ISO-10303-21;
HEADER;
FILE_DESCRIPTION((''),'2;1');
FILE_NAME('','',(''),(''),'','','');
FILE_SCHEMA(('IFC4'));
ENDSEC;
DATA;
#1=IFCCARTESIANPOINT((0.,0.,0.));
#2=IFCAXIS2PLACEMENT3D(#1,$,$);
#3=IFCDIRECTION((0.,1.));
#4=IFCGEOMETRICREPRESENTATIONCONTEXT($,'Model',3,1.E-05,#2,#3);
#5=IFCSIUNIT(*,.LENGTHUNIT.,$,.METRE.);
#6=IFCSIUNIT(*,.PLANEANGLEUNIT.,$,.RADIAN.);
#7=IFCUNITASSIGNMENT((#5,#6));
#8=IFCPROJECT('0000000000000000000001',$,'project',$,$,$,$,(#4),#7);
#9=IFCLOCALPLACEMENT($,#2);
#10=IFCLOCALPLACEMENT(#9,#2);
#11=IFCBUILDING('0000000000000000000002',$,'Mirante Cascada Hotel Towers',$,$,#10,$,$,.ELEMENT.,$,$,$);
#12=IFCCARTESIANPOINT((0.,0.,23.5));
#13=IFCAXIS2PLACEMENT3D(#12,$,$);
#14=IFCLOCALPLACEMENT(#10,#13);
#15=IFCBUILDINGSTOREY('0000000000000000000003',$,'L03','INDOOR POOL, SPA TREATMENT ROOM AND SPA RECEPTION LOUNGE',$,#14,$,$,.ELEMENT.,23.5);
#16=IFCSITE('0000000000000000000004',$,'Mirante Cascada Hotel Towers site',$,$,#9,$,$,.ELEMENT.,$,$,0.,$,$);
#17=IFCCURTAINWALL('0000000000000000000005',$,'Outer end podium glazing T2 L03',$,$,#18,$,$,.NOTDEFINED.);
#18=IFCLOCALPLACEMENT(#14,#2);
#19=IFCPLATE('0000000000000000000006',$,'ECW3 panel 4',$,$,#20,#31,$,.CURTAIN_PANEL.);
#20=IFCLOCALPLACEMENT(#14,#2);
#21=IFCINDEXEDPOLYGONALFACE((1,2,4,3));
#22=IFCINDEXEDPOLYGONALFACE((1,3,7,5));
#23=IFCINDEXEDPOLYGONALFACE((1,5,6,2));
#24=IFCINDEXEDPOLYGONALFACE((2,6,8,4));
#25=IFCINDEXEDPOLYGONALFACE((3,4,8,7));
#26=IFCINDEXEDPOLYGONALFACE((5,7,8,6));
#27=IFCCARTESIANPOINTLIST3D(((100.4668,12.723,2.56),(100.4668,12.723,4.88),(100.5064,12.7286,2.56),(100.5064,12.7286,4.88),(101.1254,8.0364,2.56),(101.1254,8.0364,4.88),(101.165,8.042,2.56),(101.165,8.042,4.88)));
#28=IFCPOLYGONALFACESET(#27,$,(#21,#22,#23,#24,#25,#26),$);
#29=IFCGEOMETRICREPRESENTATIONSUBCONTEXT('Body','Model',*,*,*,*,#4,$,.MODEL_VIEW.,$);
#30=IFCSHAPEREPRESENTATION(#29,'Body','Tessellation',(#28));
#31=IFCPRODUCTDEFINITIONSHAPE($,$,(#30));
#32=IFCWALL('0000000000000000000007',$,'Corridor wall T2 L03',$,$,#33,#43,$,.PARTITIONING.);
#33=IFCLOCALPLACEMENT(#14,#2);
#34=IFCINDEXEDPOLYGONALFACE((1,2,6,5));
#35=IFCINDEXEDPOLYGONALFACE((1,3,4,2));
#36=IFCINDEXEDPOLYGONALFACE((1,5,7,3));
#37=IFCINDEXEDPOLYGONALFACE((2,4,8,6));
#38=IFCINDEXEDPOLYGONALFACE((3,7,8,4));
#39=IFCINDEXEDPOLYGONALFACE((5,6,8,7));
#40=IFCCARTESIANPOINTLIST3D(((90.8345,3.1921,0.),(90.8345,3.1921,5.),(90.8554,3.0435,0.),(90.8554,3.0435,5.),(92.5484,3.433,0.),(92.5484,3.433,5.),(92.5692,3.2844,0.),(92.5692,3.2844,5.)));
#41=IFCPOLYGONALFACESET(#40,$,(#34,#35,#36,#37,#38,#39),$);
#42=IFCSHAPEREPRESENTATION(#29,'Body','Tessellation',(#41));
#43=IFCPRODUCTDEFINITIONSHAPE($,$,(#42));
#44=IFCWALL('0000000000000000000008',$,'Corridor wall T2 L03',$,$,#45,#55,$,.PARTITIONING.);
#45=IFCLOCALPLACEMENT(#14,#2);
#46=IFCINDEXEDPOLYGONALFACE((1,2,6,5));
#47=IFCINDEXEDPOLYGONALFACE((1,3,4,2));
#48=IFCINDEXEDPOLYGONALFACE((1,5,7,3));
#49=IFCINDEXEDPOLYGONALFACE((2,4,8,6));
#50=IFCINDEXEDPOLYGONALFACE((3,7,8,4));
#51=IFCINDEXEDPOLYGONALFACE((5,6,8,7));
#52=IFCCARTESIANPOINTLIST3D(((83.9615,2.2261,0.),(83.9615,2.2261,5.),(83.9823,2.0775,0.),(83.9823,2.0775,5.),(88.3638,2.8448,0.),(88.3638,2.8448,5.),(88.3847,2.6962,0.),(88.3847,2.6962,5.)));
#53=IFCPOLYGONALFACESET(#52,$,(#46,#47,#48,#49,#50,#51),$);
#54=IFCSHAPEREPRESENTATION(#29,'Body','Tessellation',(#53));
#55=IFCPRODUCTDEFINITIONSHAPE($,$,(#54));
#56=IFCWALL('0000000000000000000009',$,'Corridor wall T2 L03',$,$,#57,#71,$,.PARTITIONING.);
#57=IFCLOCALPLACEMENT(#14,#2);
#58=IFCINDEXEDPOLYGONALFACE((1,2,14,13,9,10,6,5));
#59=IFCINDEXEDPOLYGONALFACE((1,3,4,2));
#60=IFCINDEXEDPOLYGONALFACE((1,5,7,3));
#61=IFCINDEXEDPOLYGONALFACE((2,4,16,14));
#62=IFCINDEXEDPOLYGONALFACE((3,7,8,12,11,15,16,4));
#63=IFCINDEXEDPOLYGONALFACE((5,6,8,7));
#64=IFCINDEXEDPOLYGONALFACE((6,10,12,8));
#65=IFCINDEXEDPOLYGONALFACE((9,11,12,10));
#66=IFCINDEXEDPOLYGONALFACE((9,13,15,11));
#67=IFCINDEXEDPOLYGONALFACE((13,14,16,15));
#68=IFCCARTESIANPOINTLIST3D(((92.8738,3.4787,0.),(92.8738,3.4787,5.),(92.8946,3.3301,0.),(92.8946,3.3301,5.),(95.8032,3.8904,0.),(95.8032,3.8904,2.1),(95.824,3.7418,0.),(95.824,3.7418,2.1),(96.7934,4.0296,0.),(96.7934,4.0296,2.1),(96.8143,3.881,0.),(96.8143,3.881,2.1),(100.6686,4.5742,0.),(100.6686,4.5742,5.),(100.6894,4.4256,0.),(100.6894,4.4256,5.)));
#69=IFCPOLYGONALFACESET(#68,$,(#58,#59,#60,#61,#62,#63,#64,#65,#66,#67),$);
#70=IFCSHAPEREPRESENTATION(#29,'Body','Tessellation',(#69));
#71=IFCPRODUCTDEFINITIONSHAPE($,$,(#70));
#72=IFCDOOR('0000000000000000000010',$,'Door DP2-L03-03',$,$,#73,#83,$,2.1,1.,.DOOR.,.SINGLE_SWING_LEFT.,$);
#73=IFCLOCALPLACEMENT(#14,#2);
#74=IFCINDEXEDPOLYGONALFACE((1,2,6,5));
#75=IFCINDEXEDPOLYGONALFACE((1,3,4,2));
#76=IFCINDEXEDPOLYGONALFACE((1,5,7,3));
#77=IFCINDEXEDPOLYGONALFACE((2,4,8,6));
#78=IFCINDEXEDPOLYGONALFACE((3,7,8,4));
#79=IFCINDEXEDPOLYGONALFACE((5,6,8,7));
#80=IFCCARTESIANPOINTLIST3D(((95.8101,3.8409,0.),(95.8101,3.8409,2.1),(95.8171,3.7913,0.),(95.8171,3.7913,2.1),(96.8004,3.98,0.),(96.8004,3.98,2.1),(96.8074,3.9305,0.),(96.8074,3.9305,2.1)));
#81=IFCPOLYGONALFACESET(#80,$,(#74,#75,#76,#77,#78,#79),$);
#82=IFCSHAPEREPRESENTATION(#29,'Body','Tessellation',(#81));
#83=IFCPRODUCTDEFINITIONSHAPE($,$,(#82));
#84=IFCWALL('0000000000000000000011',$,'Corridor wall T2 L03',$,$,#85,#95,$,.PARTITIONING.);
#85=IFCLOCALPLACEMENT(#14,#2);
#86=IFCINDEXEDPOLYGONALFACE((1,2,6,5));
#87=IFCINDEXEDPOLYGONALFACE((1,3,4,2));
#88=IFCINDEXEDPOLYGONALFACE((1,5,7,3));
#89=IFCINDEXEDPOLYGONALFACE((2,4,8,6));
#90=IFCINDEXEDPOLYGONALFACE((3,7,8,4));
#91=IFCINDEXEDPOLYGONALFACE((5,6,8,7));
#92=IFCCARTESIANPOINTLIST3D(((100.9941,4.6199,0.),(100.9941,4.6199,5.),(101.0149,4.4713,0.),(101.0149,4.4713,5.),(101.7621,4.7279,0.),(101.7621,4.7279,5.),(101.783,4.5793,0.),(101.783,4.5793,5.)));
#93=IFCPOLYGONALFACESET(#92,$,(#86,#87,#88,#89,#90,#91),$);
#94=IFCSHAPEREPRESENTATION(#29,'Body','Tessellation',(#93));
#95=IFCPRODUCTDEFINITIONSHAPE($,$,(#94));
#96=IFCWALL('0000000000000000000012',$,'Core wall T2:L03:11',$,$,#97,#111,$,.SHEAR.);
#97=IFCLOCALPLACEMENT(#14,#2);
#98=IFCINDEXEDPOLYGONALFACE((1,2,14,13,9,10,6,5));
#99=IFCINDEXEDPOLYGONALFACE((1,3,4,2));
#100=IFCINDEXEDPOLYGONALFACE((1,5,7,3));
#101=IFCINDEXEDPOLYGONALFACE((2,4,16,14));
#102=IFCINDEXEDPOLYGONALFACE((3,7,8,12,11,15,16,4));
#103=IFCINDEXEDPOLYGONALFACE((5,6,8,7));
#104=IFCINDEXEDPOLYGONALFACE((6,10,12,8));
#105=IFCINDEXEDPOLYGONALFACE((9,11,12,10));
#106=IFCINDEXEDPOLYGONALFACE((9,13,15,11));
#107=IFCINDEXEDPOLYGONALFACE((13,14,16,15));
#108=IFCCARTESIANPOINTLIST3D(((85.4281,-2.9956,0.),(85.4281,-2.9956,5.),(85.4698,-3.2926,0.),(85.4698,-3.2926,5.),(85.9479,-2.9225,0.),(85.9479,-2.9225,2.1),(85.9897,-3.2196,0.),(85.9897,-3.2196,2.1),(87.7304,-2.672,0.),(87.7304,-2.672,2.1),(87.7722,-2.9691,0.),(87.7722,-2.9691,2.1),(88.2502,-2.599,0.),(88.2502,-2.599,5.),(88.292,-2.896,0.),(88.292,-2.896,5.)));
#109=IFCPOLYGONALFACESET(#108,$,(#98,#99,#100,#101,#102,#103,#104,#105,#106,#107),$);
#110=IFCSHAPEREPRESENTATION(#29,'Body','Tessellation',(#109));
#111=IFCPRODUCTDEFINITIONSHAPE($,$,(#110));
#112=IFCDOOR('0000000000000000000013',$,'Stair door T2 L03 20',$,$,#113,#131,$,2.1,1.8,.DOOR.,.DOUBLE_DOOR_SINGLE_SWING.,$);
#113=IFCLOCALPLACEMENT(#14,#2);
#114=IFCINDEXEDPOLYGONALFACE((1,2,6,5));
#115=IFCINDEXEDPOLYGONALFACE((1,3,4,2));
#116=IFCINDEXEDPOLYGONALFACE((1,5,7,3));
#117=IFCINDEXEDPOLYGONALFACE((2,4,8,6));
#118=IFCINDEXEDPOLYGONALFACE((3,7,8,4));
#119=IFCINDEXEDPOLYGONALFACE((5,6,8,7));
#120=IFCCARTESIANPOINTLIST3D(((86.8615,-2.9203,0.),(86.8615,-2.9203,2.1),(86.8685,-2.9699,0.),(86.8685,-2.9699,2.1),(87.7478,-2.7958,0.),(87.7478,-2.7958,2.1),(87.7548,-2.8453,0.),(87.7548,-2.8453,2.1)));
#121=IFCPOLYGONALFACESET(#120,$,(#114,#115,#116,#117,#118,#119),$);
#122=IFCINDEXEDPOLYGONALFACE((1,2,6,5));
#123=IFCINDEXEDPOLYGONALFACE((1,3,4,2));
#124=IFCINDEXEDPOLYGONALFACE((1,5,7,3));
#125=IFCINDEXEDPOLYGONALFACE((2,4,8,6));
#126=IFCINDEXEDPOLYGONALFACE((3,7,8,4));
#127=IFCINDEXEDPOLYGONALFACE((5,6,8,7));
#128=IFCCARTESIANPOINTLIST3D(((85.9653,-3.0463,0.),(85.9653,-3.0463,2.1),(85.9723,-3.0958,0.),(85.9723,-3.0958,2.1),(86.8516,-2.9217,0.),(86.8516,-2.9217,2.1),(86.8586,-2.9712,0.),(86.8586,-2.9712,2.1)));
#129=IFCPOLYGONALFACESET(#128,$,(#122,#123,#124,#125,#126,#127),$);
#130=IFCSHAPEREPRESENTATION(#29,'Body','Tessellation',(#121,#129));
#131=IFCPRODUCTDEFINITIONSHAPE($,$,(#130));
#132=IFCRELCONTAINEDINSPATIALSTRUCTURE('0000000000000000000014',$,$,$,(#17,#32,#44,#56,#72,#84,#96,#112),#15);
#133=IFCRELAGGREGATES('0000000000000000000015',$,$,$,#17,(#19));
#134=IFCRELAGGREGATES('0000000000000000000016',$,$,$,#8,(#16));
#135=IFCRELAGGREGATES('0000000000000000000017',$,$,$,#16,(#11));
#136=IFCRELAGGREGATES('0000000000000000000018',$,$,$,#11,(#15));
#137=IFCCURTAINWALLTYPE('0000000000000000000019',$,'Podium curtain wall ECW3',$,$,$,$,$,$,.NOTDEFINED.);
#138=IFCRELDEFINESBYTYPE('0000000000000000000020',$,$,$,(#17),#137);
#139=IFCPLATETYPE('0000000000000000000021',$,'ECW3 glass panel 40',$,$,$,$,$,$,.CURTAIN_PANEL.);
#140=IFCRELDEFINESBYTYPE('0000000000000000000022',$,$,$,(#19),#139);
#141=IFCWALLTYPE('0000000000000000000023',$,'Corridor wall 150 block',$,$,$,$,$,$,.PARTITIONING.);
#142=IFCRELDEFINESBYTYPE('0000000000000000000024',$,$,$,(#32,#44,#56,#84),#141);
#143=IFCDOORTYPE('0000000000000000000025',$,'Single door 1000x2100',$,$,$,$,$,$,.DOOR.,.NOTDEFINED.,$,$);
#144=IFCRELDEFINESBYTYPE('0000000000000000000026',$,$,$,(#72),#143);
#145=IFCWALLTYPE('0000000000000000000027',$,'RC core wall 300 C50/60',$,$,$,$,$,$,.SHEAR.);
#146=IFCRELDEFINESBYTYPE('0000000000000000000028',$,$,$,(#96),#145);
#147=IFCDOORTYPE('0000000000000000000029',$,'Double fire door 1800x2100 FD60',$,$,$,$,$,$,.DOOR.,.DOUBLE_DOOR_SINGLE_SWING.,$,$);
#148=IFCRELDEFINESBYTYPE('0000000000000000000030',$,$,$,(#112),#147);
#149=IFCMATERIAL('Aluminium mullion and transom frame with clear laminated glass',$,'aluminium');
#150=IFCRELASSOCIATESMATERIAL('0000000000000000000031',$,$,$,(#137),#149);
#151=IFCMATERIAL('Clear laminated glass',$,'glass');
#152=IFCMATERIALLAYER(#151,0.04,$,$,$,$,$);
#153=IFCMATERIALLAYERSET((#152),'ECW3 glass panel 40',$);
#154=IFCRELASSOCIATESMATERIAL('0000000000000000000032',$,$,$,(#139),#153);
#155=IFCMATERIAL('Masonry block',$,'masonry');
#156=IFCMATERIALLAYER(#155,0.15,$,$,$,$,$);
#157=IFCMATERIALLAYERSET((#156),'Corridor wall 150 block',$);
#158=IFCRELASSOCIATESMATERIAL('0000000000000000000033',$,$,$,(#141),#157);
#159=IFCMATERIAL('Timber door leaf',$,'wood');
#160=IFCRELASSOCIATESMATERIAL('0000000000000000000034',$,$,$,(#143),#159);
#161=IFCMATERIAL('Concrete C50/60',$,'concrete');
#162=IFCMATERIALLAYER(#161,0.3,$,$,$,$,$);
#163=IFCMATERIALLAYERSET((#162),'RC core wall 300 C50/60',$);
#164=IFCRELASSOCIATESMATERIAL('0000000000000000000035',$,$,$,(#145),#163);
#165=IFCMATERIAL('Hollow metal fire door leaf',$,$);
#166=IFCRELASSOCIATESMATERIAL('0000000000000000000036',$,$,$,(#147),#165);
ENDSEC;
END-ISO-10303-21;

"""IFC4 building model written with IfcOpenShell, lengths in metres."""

from ifc_helpers import new_model, si_unit, direction, frame, frame_2d, origin, origin_2d, place, context, subcontext, project, spatial, rectangle, extrude, material, layer, layer_set, type_object, element, fill, aggregate, save


model = new_model("IFC4")

# Units and contexts
model_context = context("Model", 3, precision=1e-05, world=origin(), true_north=direction((0.0, 1.0)))
body_context = subcontext(model_context, "Body", "Model", "MODEL_VIEW")
ifc_project = project(units=[si_unit("LENGTHUNIT", "METRE"), si_unit("PLANEANGLEUNIT", "RADIAN")], contexts=[model_context])

# Site, building, storey
site_placement = place(None, origin())
site = spatial("IfcSite", under=ifc_project, at=site_placement, Name="Mirante Cascada Hotel Towers site", CompositionType="ELEMENT", RefElevation=0.0)
building_placement = place(site_placement, origin())
building = spatial("IfcBuilding", under=site, at=building_placement, Name="Mirante Cascada Hotel Towers", CompositionType="ELEMENT")
storey_placement = place(building_placement, frame((0.0, 0.0, 23.5)))
storey = spatial("IfcBuildingStorey", under=building, at=storey_placement, Name="L03", Description="INDOOR POOL, SPA TREATMENT ROOM AND SPA RECEPTION LOUNGE", CompositionType="ELEMENT", Elevation=23.5)

# Curtain wall, plate
ifc_material_1 = material(Name="Aluminium mullion and transom frame with clear laminated glass", Category="aluminium")
curtain_wall_type = type_object("IfcCurtainWallType", Name="Podium curtain wall ECW3", PredefinedType="NOTDEFINED", material=ifc_material_1)
curtain_wall_placement = place(storey_placement, origin())
curtain_wall = element("IfcCurtainWall", 1, at=curtain_wall_placement, inside=storey, type_object=curtain_wall_type, Name="Outer end podium glazing T2 L03", PredefinedType="NOTDEFINED")
ifc_material_2 = material(Name="Clear laminated glass", Category="glass")
ifc_layer_1 = layer(ifc_material_2, 0.04)
ifc_layer_set_1 = layer_set([ifc_layer_1], Name="ECW3 glass panel 40")
plate_type = type_object("IfcPlateType", Name="ECW3 glass panel 40", PredefinedType="CURTAIN_PANEL", material=ifc_layer_set_1)
plate_1_placement = place(storey_placement, frame((100.8159, 10.3825, 2.56), z_axis=(0.0, 0.0, 1.0), x_axis=(-0.139173, 0.990268, 0.0)))
plate_1 = element("IfcPlate", 2, at=plate_1_placement, type_object=plate_type, Name="ECW3 panel 4", PredefinedType="CURTAIN_PANEL", context=body_context, shape_type="SweptSolid", body=[
    extrude(rectangle(XDim=4.7326, YDim=0.04, at=origin_2d()), origin(), (0.0, 0.0, 1.0), 2.32),
])
aggregate(curtain_wall, [plate_1])

# Walls
ifc_material_3 = material(Name="Masonry block", Category="masonry")
ifc_layer_2 = layer(ifc_material_3, 0.15)
ifc_layer_set_2 = layer_set([ifc_layer_2], Name="Corridor wall 150 block")
wall_type_1 = type_object("IfcWallType", Name="Corridor wall 150 block", PredefinedType="PARTITIONING", material=ifc_layer_set_2)
wall_1_placement = place(storey_placement, frame((90.8449, 3.1178, 0.0), z_axis=(0.0, 0.0, 1.0), x_axis=(0.990266, 0.139188, 0.0)))
element("IfcWall", 3, at=wall_1_placement, inside=storey, type_object=wall_type_1, Name="Corridor wall T2 L03", PredefinedType="PARTITIONING", context=body_context, shape_type="SweptSolid", body=[
    extrude(rectangle(XDim=1.7307, YDim=0.15, at=frame_2d((0.8654, 0.0))), origin(), (0.0, 0.0, 1.0), 5.0),
])
wall_2_placement = place(storey_placement, frame((83.9719, 2.1518, 0.0), z_axis=(0.0, 0.0, 1.0), x_axis=(0.990268, 0.139173, 0.0)))
element("IfcWall", 4, at=wall_2_placement, inside=storey, type_object=wall_type_1, Name="Corridor wall T2 L03", PredefinedType="PARTITIONING", context=body_context, shape_type="SweptSolid", body=[
    extrude(rectangle(XDim=4.4456, YDim=0.15, at=frame_2d((2.2228, 0.0))), origin(), (0.0, 0.0, 1.0), 5.0),
])

# Wall, opening, door
wall_3_placement = place(storey_placement, frame((92.8842, 3.4044, 0.0), z_axis=(0.0, 0.0, 1.0), x_axis=(0.990268, 0.139175, 0.0)))
wall_3 = element("IfcWall", 5, at=wall_3_placement, inside=storey, type_object=wall_type_1, Name="Corridor wall T2 L03", PredefinedType="PARTITIONING", context=body_context, shape_type="SweptSolid", body=[
    extrude(rectangle(XDim=7.8714, YDim=0.15, at=frame_2d((3.9357, 0.0))), origin(), (0.0, 0.0, 1.0), 5.0),
])
opening_1_placement = place(wall_3_placement, frame((2.9582, 0.0, 0.0)))
opening_1 = element("IfcOpeningElement", 6, at=opening_1_placement, cuts=wall_3, PredefinedType="OPENING", context=body_context, shape_type="SweptSolid", body=[
    extrude(rectangle(XDim=1.0, YDim=2.1, at=frame_2d((0.5, 1.05))), frame((0.0, 0.075, 0.0), z_axis=(0.0, -1.0, 0.0), x_axis=(1.0, 0.0, 0.0)), (0.0, 0.0, 1.0), 0.15),
])
ifc_material_4 = material(Name="Timber door leaf", Category="wood")
door_type_1 = type_object("IfcDoorType", Name="Single door 1000x2100", OperationType="NOTDEFINED", PredefinedType="DOOR", material=ifc_material_4)
door_1_placement = place(opening_1_placement, origin())
door_1 = element("IfcDoor", 7, at=door_1_placement, inside=storey, type_object=door_type_1, Name="Door DP2-L03-03", OperationType="SINGLE_SWING_LEFT", OverallHeight=2.1, OverallWidth=1.0, PredefinedType="DOOR", context=body_context, shape_type="SweptSolid", body=[
    extrude(rectangle(XDim=1.0, YDim=2.1, at=frame_2d((0.5, 1.05))), frame((0.0, 0.025, 0.0), z_axis=(0.0, -1.0, 0.0), x_axis=(1.0, 0.0, 0.0)), (0.0, 0.0, 1.0), 0.05),
])
fill(opening_1, door_1)

# Wall
wall_4_placement = place(storey_placement, frame((101.0045, 4.5456, 0.0), z_axis=(0.0, 0.0, 1.0), x_axis=(0.990257, 0.139255, 0.0)))
element("IfcWall", 8, at=wall_4_placement, inside=storey, type_object=wall_type_1, Name="Corridor wall T2 L03", PredefinedType="PARTITIONING", context=body_context, shape_type="SweptSolid", body=[
    extrude(rectangle(XDim=0.7756, YDim=0.15, at=frame_2d((0.3878, 0.0))), origin(), (0.0, 0.0, 1.0), 5.0),
])

# Wall, opening, door
ifc_material_5 = material(Name="Concrete C50/60", Category="concrete")
ifc_layer_3 = layer(ifc_material_5, 0.3)
ifc_layer_set_3 = layer_set([ifc_layer_3], Name="RC core wall 300 C50/60")
wall_type_2 = type_object("IfcWallType", Name="RC core wall 300 C50/60", PredefinedType="SHEAR", material=ifc_layer_set_3)
wall_5_placement = place(storey_placement, frame((85.4489, -3.1441, 0.0), z_axis=(0.0, 0.0, 1.0), x_axis=(0.99027, 0.139161, 0.0)))
wall_5 = element("IfcWall", 9, at=wall_5_placement, inside=storey, type_object=wall_type_2, Name="Core wall T2:L03:11", PredefinedType="SHEAR", context=body_context, shape_type="SweptSolid", body=[
    extrude(rectangle(XDim=2.8499, YDim=0.3, at=frame_2d((1.425, 0.0))), origin(), (0.0, 0.0, 1.0), 5.0),
])
opening_2_placement = place(wall_5_placement, frame((0.525, 0.0, 0.0)))
opening_2 = element("IfcOpeningElement", 10, at=opening_2_placement, cuts=wall_5, PredefinedType="OPENING", context=body_context, shape_type="SweptSolid", body=[
    extrude(rectangle(XDim=1.8, YDim=2.1, at=frame_2d((0.9, 1.05))), frame((0.0, 0.15, 0.0), z_axis=(0.0, -1.0, 0.0), x_axis=(1.0, 0.0, 0.0)), (0.0, 0.0, 1.0), 0.3),
])
ifc_material_6 = material(Name="Hollow metal fire door leaf")
door_type_2 = type_object("IfcDoorType", Name="Double fire door 1800x2100 FD60", OperationType="DOUBLE_DOOR_SINGLE_SWING", PredefinedType="DOOR", material=ifc_material_6)
door_2_placement = place(opening_2_placement, frame((1.8, 0.0, 0.0), z_axis=(0.0, 0.0, 1.0), x_axis=(-1.0, 0.0, 0.0)))
door_2 = element("IfcDoor", 11, at=door_2_placement, inside=storey, type_object=door_type_2, Name="Stair door T2 L03 20", OperationType="DOUBLE_DOOR_SINGLE_SWING", OverallHeight=2.1, OverallWidth=1.8, PredefinedType="DOOR", context=body_context, shape_type="SweptSolid", body=[
    extrude(rectangle(XDim=0.895, YDim=2.1, at=frame_2d((0.4475, 1.05))), frame((0.0, 0.025, 0.0), z_axis=(0.0, -1.0, 0.0), x_axis=(1.0, 0.0, 0.0)), (0.0, 0.0, 1.0), 0.05),
    extrude(rectangle(XDim=0.895, YDim=2.1, at=frame_2d((1.3525, 1.05))), frame((0.0, 0.025, 0.0), z_axis=(0.0, -1.0, 0.0), x_axis=(1.0, 0.0, 0.0)), (0.0, 0.0, 1.0), 0.05),
])
fill(opening_2, door_2)

save(model, "model.ifc")
